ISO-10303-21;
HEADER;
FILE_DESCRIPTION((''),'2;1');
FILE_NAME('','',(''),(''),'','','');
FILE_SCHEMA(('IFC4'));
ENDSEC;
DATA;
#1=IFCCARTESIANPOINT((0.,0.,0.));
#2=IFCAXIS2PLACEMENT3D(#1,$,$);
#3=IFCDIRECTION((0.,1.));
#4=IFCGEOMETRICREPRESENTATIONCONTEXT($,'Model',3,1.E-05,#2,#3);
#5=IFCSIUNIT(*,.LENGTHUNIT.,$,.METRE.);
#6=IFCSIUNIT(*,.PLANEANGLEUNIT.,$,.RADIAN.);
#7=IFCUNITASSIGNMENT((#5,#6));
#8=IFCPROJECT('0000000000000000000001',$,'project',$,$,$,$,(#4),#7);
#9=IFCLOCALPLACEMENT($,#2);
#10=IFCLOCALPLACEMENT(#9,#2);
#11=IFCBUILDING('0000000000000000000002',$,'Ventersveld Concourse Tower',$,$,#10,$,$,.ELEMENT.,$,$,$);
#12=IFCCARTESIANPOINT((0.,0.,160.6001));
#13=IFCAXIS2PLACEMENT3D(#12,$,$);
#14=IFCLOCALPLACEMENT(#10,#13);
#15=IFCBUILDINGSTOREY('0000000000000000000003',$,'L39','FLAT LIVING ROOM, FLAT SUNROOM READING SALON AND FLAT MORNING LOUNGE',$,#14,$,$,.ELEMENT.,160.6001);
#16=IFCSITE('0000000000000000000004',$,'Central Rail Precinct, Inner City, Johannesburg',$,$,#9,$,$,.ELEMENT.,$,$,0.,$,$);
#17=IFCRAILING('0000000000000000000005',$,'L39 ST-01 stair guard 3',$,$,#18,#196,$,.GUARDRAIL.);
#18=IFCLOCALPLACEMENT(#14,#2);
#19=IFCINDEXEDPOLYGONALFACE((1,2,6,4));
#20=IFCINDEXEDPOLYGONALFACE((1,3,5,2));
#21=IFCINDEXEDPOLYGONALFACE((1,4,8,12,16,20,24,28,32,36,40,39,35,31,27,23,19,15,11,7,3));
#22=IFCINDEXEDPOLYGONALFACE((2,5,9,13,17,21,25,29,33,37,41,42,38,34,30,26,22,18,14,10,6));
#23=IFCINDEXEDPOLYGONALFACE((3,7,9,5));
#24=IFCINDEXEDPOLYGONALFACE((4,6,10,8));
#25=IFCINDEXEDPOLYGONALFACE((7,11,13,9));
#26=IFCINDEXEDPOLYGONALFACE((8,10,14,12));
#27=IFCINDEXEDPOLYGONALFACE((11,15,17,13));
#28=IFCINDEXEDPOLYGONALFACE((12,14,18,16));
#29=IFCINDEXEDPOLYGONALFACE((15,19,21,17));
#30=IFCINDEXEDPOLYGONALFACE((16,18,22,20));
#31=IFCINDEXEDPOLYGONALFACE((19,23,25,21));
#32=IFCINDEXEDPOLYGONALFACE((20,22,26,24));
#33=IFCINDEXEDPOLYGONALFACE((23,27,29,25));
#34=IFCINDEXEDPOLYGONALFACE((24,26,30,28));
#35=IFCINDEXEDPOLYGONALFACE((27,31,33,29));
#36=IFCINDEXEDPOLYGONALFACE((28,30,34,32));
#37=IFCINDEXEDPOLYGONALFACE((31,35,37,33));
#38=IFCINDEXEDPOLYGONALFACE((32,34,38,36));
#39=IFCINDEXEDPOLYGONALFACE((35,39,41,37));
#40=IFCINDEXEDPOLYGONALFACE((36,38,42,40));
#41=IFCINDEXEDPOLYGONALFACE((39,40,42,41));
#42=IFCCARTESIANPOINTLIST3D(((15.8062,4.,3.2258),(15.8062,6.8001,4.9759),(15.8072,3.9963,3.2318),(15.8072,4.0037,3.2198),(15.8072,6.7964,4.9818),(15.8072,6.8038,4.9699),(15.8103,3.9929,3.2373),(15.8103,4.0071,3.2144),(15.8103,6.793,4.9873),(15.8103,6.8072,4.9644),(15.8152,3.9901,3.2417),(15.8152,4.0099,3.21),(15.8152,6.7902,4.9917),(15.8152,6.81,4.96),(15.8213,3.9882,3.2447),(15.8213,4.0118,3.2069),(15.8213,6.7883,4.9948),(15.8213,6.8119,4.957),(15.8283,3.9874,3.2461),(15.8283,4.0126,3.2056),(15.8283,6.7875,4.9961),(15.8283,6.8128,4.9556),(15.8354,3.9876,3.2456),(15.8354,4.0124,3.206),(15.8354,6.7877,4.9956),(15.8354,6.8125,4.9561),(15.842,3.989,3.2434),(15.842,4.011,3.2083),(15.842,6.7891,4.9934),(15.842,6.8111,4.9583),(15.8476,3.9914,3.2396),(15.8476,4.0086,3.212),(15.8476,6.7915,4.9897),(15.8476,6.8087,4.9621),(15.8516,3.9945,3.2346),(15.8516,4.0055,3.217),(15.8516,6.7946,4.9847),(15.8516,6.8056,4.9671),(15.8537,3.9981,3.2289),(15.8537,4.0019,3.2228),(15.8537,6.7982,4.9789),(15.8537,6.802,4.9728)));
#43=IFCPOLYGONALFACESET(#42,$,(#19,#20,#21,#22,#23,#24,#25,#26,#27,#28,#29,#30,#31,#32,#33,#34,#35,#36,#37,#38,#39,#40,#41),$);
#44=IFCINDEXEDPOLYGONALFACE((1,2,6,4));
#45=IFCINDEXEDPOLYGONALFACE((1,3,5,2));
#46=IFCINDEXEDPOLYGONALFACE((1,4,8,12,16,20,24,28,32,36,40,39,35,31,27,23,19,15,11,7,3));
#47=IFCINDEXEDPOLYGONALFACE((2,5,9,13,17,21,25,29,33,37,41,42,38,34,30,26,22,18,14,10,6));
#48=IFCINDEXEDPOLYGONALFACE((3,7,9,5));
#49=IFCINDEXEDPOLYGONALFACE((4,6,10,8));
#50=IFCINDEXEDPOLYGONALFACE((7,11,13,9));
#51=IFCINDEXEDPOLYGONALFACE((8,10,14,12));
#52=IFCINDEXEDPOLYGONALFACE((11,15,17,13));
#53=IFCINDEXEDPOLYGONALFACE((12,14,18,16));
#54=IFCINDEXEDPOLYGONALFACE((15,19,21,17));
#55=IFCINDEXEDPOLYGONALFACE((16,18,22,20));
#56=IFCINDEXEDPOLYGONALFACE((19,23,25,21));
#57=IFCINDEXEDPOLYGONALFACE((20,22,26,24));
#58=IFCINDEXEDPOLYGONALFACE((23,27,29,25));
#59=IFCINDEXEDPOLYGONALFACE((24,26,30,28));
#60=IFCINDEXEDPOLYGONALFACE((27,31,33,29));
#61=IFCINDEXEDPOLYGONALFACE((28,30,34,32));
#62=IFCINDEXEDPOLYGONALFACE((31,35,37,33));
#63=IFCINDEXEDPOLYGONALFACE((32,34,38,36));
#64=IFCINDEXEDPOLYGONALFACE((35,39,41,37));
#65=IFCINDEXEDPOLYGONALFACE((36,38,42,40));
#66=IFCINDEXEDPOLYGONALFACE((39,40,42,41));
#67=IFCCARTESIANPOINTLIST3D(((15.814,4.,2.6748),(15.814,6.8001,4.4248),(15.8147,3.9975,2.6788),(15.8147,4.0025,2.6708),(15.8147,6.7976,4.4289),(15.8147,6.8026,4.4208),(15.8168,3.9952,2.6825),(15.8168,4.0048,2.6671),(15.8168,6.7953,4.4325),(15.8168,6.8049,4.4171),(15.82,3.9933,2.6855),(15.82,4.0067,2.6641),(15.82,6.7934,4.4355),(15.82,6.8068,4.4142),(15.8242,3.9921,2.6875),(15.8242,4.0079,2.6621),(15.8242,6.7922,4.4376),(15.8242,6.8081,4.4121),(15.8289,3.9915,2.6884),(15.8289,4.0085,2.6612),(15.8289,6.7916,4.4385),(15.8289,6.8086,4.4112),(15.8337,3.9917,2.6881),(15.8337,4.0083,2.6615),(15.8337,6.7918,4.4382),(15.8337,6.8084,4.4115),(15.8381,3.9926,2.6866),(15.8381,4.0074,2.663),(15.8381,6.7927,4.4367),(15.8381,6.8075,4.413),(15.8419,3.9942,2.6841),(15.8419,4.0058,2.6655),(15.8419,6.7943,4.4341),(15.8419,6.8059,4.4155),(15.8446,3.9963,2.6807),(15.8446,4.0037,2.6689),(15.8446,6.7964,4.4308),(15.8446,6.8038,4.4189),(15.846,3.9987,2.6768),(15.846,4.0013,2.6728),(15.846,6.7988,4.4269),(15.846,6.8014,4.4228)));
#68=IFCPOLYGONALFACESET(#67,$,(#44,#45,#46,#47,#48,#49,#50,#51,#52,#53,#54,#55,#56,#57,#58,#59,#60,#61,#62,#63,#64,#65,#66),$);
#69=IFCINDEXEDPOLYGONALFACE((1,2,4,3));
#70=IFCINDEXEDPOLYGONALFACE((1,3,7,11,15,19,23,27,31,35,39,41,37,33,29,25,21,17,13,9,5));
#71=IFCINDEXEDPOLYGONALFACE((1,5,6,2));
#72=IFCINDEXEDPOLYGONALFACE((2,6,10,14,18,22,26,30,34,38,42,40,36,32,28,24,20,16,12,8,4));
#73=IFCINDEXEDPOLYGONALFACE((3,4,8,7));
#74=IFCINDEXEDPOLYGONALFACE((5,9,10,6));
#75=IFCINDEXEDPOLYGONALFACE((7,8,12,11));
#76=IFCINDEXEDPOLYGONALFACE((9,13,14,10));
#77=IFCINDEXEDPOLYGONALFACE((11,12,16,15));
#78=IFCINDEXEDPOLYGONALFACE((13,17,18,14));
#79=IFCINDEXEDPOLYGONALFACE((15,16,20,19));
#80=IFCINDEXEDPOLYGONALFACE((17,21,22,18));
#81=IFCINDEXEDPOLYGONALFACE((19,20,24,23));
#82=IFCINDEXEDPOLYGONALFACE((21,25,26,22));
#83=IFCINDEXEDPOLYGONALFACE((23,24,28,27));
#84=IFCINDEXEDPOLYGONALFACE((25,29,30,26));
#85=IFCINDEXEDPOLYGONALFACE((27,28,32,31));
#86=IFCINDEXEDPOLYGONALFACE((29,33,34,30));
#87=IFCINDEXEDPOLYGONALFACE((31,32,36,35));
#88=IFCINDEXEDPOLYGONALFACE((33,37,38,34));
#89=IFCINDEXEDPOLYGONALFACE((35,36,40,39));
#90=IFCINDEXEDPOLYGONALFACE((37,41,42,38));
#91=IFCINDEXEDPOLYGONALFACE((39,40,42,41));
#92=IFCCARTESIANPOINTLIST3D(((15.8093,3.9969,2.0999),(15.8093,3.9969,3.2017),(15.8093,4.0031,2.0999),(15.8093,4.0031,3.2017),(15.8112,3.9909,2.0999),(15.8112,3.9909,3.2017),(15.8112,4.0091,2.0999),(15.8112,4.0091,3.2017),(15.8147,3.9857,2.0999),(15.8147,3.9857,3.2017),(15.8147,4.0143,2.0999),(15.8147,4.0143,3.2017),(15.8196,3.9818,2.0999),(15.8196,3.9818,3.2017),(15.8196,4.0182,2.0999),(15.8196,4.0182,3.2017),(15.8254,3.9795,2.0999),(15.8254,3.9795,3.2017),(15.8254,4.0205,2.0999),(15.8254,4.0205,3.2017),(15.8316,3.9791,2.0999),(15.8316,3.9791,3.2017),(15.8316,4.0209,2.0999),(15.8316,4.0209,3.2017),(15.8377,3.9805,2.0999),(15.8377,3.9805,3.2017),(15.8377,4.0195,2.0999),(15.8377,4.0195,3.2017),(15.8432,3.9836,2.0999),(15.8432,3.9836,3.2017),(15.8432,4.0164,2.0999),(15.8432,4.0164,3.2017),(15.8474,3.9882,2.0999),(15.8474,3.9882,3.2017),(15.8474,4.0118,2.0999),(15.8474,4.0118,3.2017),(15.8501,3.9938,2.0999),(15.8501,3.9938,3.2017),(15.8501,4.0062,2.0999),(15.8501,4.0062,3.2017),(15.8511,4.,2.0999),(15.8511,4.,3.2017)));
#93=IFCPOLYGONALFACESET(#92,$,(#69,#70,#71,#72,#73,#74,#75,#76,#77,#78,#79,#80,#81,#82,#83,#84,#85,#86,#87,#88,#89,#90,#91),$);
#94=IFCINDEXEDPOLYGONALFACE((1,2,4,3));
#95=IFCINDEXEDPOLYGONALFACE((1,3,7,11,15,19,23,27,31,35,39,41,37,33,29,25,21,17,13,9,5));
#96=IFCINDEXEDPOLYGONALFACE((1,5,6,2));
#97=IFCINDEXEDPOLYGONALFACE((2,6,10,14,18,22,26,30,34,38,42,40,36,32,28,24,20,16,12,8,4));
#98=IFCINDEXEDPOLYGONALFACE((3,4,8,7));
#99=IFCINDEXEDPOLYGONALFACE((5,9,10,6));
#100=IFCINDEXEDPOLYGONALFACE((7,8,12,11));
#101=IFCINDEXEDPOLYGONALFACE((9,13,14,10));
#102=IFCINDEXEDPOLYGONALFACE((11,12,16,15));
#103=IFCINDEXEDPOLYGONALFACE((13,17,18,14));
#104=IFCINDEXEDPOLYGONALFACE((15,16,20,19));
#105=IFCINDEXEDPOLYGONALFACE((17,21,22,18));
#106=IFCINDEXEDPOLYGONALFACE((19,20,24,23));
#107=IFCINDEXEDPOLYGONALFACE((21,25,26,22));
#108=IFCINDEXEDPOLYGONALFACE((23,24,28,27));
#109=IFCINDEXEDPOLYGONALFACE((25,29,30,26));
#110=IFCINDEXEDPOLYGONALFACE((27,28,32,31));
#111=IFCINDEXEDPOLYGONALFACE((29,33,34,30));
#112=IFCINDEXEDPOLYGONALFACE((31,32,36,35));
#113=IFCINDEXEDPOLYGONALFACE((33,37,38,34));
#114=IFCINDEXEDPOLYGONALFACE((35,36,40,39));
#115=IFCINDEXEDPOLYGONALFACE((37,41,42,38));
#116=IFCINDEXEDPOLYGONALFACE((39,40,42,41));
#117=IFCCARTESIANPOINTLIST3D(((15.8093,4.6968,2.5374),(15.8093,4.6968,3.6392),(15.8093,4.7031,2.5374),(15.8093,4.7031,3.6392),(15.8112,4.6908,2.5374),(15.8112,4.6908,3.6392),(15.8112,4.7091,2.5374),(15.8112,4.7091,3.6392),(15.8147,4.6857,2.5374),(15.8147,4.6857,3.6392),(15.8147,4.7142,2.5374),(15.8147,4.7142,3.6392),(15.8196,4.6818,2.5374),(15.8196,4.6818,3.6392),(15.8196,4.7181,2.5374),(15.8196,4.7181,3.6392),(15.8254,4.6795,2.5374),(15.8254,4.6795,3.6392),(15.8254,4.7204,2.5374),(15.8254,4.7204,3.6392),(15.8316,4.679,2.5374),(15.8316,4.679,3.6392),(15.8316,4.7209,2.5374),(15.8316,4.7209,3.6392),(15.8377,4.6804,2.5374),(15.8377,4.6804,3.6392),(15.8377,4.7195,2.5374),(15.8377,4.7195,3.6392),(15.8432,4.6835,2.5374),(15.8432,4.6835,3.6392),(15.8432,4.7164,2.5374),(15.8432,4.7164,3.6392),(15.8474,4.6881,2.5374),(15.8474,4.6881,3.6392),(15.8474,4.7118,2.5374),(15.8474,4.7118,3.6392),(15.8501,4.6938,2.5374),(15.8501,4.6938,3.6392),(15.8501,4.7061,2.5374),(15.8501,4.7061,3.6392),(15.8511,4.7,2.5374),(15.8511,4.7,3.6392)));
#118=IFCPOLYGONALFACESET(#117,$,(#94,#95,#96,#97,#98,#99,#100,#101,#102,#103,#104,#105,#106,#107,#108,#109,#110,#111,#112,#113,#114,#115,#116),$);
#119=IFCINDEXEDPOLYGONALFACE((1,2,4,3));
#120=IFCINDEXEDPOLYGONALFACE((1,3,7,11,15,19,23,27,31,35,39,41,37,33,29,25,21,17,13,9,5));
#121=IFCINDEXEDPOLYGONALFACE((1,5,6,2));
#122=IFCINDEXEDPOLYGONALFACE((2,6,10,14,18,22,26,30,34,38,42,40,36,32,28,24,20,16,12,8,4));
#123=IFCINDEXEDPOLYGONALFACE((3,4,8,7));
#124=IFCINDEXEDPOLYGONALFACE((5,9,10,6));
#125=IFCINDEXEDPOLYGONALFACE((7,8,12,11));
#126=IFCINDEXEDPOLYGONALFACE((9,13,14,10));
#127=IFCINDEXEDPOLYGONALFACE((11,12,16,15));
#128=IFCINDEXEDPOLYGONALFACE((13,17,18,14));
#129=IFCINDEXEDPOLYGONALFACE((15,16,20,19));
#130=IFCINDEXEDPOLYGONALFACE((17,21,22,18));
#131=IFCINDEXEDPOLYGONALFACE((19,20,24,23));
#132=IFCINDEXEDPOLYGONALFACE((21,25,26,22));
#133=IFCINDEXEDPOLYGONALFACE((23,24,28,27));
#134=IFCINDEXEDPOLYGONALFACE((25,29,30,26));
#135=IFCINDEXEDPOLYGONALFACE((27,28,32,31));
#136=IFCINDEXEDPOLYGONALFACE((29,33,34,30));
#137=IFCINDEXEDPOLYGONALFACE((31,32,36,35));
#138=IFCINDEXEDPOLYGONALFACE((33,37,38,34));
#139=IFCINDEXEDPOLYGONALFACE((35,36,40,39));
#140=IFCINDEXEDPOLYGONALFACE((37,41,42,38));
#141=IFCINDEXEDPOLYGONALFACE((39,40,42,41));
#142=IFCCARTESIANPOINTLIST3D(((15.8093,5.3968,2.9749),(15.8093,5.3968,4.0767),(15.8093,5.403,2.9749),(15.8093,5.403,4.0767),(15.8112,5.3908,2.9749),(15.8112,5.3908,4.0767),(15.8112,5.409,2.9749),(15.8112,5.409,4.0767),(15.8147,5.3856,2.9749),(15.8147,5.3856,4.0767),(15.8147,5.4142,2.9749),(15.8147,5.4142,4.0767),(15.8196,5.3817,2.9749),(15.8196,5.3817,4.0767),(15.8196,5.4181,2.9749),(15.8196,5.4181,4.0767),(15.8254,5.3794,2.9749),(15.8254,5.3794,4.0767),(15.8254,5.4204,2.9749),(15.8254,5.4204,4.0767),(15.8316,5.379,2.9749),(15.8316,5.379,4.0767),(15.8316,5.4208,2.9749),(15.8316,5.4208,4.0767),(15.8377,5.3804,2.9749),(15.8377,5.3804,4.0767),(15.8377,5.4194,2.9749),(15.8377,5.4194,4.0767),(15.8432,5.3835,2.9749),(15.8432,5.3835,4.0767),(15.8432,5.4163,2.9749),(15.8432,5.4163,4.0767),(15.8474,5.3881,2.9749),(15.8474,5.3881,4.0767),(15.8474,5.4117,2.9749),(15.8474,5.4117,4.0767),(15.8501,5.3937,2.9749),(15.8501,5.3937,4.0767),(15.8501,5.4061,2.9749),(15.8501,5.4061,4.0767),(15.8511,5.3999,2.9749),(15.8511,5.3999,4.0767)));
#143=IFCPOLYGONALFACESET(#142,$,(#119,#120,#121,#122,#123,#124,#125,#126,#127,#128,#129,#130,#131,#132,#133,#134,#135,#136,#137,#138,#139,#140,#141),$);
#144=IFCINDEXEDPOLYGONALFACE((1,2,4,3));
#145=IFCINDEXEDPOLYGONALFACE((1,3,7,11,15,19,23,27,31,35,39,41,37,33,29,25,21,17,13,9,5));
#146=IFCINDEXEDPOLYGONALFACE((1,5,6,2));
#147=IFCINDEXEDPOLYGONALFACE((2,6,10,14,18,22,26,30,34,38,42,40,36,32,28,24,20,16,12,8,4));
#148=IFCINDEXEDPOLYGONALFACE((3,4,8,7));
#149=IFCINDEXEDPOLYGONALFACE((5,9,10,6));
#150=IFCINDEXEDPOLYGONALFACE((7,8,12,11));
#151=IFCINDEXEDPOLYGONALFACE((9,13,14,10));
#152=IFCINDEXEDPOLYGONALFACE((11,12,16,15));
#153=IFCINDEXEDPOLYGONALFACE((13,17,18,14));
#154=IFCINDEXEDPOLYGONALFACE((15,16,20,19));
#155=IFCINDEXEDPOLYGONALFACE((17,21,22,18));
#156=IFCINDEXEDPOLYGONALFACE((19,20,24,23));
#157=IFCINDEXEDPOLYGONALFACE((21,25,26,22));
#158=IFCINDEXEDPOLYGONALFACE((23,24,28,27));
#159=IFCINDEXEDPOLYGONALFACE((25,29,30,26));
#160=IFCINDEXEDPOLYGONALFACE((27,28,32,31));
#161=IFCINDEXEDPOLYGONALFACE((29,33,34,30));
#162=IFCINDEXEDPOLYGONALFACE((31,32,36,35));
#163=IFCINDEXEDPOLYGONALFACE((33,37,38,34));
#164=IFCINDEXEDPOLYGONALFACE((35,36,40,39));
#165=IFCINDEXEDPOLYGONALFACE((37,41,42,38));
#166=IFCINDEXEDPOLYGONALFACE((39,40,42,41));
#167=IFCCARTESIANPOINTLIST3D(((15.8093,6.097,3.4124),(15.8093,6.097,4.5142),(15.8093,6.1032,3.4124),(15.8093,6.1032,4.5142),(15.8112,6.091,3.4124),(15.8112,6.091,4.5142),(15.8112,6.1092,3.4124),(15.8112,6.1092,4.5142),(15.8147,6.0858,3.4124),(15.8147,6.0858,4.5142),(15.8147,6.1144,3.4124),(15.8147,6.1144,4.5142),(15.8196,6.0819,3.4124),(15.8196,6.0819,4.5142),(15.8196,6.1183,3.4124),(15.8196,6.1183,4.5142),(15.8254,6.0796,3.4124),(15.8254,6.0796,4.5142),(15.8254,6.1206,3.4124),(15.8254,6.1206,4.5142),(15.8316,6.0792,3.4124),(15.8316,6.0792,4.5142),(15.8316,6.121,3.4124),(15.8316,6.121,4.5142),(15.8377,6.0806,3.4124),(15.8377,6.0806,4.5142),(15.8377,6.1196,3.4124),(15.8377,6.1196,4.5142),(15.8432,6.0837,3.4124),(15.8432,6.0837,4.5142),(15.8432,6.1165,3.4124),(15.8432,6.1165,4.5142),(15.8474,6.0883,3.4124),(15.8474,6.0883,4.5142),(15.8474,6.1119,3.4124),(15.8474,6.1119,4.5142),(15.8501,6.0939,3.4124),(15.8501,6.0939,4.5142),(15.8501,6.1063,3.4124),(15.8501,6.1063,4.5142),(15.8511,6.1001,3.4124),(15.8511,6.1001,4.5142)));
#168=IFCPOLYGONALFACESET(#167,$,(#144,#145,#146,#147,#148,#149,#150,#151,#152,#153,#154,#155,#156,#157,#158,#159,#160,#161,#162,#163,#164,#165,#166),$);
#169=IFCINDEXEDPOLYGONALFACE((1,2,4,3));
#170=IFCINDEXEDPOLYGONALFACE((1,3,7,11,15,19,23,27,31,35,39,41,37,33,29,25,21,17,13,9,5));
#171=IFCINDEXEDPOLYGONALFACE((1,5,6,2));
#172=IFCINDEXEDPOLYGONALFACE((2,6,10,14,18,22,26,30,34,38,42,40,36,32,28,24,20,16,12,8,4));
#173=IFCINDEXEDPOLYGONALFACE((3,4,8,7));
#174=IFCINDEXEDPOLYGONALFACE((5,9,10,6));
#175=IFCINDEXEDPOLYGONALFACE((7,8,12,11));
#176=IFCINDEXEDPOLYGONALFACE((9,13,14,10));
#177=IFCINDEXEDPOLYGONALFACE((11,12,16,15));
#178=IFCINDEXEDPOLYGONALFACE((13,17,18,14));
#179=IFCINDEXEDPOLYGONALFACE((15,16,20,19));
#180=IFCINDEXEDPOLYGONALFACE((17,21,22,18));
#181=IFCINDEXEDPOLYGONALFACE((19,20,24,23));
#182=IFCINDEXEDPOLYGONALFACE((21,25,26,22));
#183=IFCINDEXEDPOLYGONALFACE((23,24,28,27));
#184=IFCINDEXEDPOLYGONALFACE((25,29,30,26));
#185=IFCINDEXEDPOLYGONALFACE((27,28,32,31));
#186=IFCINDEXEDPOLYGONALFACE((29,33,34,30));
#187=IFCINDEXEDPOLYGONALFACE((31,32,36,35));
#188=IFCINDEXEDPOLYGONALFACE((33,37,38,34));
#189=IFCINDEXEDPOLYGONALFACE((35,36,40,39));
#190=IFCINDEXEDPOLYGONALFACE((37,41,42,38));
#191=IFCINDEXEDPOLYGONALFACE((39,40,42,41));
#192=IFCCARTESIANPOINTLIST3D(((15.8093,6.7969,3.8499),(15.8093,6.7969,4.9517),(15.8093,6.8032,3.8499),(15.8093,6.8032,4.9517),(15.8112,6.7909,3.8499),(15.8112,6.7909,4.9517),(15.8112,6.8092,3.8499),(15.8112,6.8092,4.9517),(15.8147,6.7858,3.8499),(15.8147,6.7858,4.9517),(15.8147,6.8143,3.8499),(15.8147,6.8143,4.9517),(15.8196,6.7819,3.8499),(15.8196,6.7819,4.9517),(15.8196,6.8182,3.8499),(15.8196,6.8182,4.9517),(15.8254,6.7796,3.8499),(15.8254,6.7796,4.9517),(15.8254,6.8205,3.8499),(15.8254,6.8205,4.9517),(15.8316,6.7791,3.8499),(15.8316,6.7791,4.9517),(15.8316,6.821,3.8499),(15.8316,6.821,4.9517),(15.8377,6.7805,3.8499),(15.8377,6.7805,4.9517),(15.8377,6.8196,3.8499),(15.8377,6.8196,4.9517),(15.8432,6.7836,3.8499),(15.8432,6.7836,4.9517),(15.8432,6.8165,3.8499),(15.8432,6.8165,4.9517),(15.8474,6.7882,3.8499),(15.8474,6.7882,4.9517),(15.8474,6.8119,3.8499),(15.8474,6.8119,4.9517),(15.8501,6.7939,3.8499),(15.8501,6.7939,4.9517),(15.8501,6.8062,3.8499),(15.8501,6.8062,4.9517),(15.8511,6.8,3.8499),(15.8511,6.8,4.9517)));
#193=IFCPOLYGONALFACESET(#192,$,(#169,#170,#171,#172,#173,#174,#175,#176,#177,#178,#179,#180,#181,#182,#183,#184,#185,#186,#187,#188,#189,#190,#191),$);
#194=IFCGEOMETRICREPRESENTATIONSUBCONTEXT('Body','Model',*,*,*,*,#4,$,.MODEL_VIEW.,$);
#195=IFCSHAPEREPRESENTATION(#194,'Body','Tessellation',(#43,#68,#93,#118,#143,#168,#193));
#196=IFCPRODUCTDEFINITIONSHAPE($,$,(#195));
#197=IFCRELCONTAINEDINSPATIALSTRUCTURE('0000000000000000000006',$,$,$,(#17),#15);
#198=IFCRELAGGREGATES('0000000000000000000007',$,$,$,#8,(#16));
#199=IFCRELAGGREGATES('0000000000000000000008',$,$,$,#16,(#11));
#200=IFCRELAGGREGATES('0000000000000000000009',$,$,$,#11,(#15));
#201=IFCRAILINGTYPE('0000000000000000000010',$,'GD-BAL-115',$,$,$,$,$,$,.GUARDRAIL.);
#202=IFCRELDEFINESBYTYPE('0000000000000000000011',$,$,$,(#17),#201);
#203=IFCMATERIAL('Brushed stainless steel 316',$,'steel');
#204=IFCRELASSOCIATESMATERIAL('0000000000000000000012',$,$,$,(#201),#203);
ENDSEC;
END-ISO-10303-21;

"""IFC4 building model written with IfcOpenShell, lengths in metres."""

from ifc_helpers import new_model, si_unit, direction, frame, origin, origin_2d, place, context, subcontext, project, spatial, circle, extrude, material, type_object, element, save


model = new_model("IFC4")

# Units and contexts
model_context = context("Model", 3, precision=1e-05, world=origin(), true_north=direction((0.0, 1.0)))
body_context = subcontext(model_context, "Body", "Model", "MODEL_VIEW")
ifc_project = project(units=[si_unit("LENGTHUNIT", "METRE"), si_unit("PLANEANGLEUNIT", "RADIAN")], contexts=[model_context])

# Site, building, storey
site_placement = place(None, origin())
site = spatial("IfcSite", under=ifc_project, at=site_placement, Name="Central Rail Precinct, Inner City, Johannesburg", CompositionType="ELEMENT", RefElevation=0.0)
building_placement = place(site_placement, origin())
building = spatial("IfcBuilding", under=site, at=building_placement, Name="Ventersveld Concourse Tower", CompositionType="ELEMENT")
storey_placement = place(building_placement, frame((0.0, 0.0, 160.6001)))
storey = spatial("IfcBuildingStorey", under=building, at=storey_placement, Name="L39", Description="FLAT LIVING ROOM, FLAT SUNROOM READING SALON AND FLAT MORNING LOUNGE", CompositionType="ELEMENT", Elevation=160.6001)

# Shared definitions
ifc_material_1 = material(Name="Brushed stainless steel 316", Category="steel")

# Railing
railing_type_1 = type_object("IfcRailingType", Name="GD-BAL-115", PredefinedType="GUARDRAIL", material=ifc_material_1)
railing_1_placement = place(storey_placement, frame((15.8301, 4.0, 2.0999)))
element("IfcRailing", 1, at=railing_1_placement, inside=storey, type_object=railing_type_1, Name="L39 ST-01 stair guard 3", PredefinedType="GUARDRAIL", context=body_context, shape_type="SweptSolid", body=[
    extrude(circle(Radius=0.0239, at=origin_2d()), frame((0.0, 0.0, 1.126), z_axis=(0.0, 0.848002, 0.529992), x_axis=(-1.0, 0.0, 0.0)), (0.0, 0.0, 1.0), 3.302),
    extrude(circle(Radius=0.0161, at=origin_2d()), frame((0.0, 0.0, 0.575), z_axis=(0.0, 0.848002, 0.529992), x_axis=(-1.0, 0.0, 0.0)), (0.0, 0.0, 1.0), 3.302),
    extrude(circle(Radius=0.021, at=origin_2d()), origin(), (0.0, 0.0, 1.0), 1.1018),
    extrude(circle(Radius=0.021, at=origin_2d()), frame((0.0, 0.7, 0.4375)), (0.0, 0.0, 1.0), 1.1018),
    extrude(circle(Radius=0.021, at=origin_2d()), frame((0.0, 1.3999, 0.875)), (0.0, 0.0, 1.0), 1.1018),
    extrude(circle(Radius=0.021, at=origin_2d()), frame((0.0, 2.1001, 1.3125)), (0.0, 0.0, 1.0), 1.1018),
    extrude(circle(Radius=0.021, at=origin_2d()), frame((0.0, 2.8, 1.75)), (0.0, 0.0, 1.0), 1.1018),
])

save(model, "model.ifc")
